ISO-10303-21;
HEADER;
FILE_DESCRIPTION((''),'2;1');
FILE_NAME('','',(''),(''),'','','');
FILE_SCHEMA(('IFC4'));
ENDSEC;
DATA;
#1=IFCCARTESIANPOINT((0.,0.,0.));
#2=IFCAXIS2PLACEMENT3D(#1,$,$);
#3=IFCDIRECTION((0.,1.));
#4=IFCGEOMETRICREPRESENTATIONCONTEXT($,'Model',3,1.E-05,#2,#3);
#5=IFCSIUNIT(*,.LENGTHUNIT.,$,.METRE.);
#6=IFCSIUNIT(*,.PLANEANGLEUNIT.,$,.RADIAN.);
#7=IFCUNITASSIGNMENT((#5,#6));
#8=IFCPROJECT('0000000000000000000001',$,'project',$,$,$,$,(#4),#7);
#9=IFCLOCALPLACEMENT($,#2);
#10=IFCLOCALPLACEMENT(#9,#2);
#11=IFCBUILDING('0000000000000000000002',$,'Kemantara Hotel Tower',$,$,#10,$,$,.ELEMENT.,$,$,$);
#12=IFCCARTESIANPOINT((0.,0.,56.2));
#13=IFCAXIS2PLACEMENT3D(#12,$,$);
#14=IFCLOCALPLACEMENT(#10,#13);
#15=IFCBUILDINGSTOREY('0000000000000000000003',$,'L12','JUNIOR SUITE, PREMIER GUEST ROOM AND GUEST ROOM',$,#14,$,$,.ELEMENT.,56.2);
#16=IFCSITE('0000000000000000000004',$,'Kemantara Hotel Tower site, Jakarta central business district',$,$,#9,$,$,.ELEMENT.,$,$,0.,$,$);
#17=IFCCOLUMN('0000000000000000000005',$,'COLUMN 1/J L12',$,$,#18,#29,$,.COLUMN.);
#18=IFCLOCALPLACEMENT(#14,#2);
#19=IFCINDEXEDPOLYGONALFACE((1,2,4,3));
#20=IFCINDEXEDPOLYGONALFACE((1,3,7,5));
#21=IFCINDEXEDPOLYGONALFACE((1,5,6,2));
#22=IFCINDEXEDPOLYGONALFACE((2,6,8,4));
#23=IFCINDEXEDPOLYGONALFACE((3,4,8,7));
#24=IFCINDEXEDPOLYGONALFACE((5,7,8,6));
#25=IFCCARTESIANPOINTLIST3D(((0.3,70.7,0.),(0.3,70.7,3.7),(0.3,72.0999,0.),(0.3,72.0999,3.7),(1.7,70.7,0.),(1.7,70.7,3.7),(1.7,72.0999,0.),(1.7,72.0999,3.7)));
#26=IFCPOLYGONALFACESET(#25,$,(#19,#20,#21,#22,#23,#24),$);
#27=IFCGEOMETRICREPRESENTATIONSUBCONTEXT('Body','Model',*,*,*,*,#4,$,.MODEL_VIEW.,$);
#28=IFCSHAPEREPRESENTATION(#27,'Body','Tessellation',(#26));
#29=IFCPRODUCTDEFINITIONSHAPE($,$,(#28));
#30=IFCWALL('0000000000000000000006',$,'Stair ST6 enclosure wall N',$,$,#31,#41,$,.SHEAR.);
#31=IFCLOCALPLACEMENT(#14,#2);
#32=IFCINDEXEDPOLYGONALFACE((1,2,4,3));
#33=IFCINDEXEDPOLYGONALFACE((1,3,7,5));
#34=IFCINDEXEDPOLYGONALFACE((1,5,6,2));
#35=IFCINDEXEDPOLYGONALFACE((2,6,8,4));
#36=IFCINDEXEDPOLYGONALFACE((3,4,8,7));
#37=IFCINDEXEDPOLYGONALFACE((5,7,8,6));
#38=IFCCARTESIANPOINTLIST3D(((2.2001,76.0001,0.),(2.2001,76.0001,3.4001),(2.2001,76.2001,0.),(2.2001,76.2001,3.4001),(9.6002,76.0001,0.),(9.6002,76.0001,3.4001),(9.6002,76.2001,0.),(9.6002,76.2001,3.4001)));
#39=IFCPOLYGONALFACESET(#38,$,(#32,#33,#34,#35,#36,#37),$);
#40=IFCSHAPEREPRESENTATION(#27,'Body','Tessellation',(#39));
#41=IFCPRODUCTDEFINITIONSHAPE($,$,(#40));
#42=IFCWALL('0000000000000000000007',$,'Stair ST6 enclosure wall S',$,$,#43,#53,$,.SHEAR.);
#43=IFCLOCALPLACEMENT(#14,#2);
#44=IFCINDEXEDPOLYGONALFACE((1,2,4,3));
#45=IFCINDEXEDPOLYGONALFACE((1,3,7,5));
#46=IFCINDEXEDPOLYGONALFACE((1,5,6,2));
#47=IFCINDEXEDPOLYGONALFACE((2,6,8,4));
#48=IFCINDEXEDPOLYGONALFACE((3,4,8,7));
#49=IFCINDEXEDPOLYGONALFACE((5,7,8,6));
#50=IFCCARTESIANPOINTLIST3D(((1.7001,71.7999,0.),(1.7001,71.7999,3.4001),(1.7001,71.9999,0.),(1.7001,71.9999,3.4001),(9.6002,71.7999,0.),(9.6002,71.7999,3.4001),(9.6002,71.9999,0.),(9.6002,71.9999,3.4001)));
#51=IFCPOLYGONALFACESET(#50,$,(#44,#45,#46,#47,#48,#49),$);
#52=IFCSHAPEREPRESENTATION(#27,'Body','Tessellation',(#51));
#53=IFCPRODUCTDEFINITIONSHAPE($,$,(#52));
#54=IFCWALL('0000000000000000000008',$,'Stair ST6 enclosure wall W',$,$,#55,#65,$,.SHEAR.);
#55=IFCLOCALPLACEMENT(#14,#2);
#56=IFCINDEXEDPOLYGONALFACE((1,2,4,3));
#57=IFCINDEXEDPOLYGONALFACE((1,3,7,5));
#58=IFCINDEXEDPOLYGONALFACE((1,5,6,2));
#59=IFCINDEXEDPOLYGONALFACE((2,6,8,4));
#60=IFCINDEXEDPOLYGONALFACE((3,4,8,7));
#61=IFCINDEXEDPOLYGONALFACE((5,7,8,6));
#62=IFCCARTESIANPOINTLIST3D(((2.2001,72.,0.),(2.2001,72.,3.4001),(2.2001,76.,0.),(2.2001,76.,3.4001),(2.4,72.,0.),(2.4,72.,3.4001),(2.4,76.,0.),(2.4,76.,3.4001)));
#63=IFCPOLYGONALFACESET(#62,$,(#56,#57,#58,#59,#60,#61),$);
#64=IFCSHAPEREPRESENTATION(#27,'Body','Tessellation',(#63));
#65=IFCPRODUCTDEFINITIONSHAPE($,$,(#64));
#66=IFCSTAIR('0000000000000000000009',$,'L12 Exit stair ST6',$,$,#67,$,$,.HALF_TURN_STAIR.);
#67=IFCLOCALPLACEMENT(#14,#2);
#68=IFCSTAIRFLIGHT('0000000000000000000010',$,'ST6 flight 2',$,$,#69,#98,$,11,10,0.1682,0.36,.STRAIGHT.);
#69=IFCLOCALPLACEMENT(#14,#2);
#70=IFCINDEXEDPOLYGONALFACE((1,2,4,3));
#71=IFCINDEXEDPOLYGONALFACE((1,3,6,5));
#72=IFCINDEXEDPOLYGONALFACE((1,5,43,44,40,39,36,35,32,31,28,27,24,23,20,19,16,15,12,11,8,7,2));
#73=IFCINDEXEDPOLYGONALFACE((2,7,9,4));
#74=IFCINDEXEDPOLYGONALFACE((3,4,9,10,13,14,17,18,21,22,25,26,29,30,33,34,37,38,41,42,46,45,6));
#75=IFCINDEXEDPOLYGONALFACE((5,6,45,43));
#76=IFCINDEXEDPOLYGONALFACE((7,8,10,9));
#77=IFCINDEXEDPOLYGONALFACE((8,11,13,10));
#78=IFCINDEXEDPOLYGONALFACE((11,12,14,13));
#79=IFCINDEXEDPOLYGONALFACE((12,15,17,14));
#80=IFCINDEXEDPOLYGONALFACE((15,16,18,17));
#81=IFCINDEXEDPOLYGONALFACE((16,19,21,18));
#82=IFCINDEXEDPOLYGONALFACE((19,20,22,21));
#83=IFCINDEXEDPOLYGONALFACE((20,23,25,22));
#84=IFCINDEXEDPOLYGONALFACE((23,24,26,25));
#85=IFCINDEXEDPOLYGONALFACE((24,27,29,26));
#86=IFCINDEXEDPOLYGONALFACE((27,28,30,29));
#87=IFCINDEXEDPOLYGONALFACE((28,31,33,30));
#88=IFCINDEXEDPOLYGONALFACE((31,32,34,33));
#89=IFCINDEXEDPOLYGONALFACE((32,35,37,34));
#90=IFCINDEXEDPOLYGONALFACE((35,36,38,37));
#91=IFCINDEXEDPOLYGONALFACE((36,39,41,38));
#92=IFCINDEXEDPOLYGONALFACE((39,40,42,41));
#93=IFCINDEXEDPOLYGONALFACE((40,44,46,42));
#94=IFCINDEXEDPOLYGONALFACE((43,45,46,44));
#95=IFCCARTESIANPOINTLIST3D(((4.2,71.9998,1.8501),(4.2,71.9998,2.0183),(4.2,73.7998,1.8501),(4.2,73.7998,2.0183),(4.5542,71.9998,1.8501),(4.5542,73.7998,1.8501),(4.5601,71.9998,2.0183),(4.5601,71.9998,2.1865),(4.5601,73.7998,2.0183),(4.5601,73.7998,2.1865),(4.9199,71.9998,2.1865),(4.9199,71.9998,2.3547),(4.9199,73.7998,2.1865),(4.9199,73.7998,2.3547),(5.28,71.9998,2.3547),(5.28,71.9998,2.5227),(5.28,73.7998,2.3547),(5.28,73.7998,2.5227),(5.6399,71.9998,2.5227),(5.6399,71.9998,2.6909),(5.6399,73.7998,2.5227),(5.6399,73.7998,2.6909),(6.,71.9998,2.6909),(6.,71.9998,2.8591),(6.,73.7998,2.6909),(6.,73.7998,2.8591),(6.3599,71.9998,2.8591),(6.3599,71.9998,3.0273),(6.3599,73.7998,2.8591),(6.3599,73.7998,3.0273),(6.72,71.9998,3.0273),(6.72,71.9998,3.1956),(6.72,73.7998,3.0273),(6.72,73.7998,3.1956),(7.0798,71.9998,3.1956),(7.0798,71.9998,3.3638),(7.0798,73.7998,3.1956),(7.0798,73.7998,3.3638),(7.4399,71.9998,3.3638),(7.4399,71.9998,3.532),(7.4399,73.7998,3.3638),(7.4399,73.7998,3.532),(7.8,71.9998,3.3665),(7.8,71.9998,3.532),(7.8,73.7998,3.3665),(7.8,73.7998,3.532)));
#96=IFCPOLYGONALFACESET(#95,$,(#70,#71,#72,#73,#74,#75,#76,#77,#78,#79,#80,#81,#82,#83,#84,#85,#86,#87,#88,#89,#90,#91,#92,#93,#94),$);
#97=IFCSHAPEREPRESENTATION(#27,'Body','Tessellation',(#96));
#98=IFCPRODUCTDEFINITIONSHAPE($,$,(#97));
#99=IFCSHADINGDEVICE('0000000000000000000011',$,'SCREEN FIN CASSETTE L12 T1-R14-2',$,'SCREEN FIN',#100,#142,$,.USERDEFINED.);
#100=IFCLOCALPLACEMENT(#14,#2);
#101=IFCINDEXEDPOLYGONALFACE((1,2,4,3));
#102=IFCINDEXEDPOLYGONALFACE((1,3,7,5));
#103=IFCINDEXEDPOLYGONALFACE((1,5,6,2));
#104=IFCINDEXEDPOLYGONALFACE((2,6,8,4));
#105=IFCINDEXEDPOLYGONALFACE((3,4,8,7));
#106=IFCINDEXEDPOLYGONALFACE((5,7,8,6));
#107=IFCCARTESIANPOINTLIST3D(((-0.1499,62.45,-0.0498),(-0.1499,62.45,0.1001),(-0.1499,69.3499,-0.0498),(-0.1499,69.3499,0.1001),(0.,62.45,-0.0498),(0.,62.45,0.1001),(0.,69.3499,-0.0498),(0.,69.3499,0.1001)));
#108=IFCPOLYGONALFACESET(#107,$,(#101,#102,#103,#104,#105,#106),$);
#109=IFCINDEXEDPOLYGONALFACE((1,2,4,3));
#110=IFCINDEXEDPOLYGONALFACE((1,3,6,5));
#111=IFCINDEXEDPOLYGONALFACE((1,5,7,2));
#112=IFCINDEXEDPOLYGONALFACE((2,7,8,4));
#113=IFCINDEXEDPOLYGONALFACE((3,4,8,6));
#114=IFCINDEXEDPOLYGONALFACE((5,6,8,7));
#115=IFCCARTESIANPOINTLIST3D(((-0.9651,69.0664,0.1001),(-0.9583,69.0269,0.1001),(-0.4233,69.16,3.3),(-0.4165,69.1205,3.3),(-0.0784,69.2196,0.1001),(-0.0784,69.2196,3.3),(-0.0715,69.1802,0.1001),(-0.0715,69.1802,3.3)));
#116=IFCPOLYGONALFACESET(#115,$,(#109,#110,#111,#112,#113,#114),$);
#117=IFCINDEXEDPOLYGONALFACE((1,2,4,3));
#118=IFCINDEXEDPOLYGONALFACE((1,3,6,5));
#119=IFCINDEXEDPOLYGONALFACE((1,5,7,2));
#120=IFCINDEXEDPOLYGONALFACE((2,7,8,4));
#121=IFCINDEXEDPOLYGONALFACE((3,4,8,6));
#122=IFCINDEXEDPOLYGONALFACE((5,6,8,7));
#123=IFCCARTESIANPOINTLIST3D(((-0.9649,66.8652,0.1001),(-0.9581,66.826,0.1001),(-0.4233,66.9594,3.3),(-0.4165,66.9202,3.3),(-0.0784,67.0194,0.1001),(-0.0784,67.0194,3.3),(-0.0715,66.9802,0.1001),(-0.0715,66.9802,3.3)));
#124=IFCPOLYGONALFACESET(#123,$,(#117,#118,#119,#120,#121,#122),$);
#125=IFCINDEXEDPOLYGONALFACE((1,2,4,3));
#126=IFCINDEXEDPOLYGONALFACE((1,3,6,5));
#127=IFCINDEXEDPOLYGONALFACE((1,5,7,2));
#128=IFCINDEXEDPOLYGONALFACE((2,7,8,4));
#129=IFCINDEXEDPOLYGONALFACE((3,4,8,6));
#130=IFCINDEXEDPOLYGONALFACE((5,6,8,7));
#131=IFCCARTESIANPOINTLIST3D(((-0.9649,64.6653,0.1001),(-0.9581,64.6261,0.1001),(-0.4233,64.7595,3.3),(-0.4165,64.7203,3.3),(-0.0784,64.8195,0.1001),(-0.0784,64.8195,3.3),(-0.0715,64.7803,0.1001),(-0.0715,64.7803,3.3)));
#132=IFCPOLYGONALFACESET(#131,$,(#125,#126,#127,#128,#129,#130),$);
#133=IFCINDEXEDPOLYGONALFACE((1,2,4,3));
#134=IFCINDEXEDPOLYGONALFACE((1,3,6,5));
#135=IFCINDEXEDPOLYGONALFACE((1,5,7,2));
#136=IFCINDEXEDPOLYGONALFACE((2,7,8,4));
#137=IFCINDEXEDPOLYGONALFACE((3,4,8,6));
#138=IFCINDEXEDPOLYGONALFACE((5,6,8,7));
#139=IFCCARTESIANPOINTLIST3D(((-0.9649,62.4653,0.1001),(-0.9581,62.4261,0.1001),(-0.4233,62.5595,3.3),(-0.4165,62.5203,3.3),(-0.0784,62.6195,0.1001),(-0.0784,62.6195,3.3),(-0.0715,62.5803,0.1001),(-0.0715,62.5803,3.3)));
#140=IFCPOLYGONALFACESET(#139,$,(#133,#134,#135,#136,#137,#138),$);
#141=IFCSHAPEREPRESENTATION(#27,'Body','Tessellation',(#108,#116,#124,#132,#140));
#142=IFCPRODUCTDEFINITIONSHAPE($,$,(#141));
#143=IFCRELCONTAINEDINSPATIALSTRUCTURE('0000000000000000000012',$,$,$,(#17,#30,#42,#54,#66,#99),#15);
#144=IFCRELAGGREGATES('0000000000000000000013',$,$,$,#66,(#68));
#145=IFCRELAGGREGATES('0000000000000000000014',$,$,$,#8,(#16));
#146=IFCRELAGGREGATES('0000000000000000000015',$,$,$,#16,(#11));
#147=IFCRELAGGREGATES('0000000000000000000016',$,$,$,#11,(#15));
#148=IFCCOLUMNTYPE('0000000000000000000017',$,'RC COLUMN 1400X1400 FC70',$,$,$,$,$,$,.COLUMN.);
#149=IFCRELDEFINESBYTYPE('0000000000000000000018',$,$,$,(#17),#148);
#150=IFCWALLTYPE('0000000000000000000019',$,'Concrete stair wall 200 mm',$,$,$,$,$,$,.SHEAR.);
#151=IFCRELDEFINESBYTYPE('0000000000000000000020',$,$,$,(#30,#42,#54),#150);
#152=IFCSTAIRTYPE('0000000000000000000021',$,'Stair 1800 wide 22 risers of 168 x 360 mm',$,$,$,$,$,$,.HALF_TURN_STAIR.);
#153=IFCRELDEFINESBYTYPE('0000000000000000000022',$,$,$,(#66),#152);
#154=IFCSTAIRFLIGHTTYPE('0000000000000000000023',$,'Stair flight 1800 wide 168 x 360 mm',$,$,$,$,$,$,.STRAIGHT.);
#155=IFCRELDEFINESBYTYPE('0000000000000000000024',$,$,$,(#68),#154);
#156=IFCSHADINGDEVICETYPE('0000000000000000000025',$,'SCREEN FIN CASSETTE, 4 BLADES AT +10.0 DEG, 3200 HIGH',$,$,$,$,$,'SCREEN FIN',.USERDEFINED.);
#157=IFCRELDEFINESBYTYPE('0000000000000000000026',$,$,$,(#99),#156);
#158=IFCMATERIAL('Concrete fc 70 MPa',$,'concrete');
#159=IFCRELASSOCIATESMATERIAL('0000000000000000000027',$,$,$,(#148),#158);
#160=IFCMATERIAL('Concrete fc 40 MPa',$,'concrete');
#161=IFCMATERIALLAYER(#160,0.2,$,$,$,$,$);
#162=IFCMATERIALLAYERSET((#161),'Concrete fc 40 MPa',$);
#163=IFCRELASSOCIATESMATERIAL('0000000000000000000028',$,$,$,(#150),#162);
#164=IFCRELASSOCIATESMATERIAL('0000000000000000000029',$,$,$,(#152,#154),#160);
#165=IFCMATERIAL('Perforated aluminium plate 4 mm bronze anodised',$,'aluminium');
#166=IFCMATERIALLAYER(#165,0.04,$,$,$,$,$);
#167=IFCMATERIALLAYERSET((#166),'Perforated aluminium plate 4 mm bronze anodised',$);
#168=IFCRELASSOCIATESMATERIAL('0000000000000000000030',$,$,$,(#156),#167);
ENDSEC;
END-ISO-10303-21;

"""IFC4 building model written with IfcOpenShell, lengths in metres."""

from ifc_helpers import new_model, si_unit, direction, frame, frame_2d, origin, origin_2d, place, context, subcontext, project, spatial, polyline, rectangle, outline, extrude, source, transform, mapped, material, layer, layer_set, material_profile, profile_set, type_object, element, aggregate, save


model = new_model("IFC4")

# Units and contexts
model_context = context("Model", 3, precision=1e-05, world=origin(), true_north=direction((0.0, 1.0)))
body_context = subcontext(model_context, "Body", "Model", "MODEL_VIEW")
ifc_project = project(units=[si_unit("LENGTHUNIT", "METRE"), si_unit("PLANEANGLEUNIT", "RADIAN")], contexts=[model_context])

# Site, building, storey
site_placement = place(None, origin())
site = spatial("IfcSite", under=ifc_project, at=site_placement, Name="Kemantara Hotel Tower site, Jakarta central business district", CompositionType="ELEMENT", RefElevation=0.0)
building_placement = place(site_placement, origin())
building = spatial("IfcBuilding", under=site, at=building_placement, Name="Kemantara Hotel Tower", CompositionType="ELEMENT")
storey_placement = place(building_placement, frame((0.0, 0.0, 56.2)))
storey = spatial("IfcBuildingStorey", under=building, at=storey_placement, Name="L12", Description="JUNIOR SUITE, PREMIER GUEST ROOM AND GUEST ROOM", CompositionType="ELEMENT", Elevation=56.2)

# Column
ifc_material_1 = material(Name="Concrete fc 70 MPa", Category="concrete")
ifc_material_profile = material_profile(ifc_material_1, rectangle(XDim=1.3999, YDim=1.3999, at=origin_2d()), Name="RC 1400X1400")
ifc_profile_set = profile_set([ifc_material_profile], Name="Concrete fc 70 MPa")
column_type = type_object("IfcColumnType", Name="RC COLUMN 1400X1400 FC70", PredefinedType="COLUMN", material=ifc_profile_set)
column_placement = place(storey_placement, frame((1.0, 71.3999, 0.0), z_axis=(0.0, 0.0, 1.0), x_axis=(1.0, 0.0, 0.0)))
element("IfcColumn", 1, at=column_placement, inside=storey, type_object=column_type, Name="COLUMN 1/J L12", PredefinedType="COLUMN", context=body_context, shape_type="SweptSolid", body=[
    extrude(rectangle(XDim=1.3999, YDim=1.3999, at=origin_2d()), origin(), (0.0, 0.0, 1.0), 3.7),
])

# Walls
ifc_material_2 = material(Name="Concrete fc 40 MPa", Category="concrete")
ifc_layer_1 = layer(ifc_material_2, 0.2)
ifc_layer_set_1 = layer_set([ifc_layer_1], Name="Concrete fc 40 MPa")
wall_type = type_object("IfcWallType", Name="Concrete stair wall 200 mm", PredefinedType="SHEAR", material=ifc_layer_set_1)
wall_1_placement = place(storey_placement, frame((2.2, 76.1001, 0.0), z_axis=(0.0, 0.0, 1.0), x_axis=(1.0, 0.0, 0.0)))
element("IfcWall", 2, at=wall_1_placement, inside=storey, type_object=wall_type, Name="Stair ST6 enclosure wall N", PredefinedType="SHEAR", context=body_context, shape_type="SweptSolid", body=[
    extrude(rectangle(XDim=7.4001, YDim=0.2, at=frame_2d((3.7002, 0.0))), origin(), (0.0, 0.0, 1.0), 3.4001),
])
wall_2_placement = place(storey_placement, frame((1.7, 71.8999, 0.0), z_axis=(0.0, 0.0, 1.0), x_axis=(1.0, 0.0, 0.0)))
element("IfcWall", 3, at=wall_2_placement, inside=storey, type_object=wall_type, Name="Stair ST6 enclosure wall S", PredefinedType="SHEAR", context=body_context, shape_type="SweptSolid", body=[
    extrude(rectangle(XDim=7.9001, YDim=0.2, at=frame_2d((3.9502, 0.0))), origin(), (0.0, 0.0, 1.0), 3.4001),
])
wall_3_placement = place(storey_placement, frame((2.3, 72.0, 0.0), z_axis=(0.0, 0.0, 1.0), x_axis=(0.0, 1.0, 0.0)))
element("IfcWall", 4, at=wall_3_placement, inside=storey, type_object=wall_type, Name="Stair ST6 enclosure wall W", PredefinedType="SHEAR", context=body_context, shape_type="SweptSolid", body=[
    extrude(rectangle(XDim=4.0, YDim=0.2, at=frame_2d((2.0, 0.0))), origin(), (0.0, 0.0, 1.0), 3.4001),
])

# Stair, stair flight
stair_type = type_object("IfcStairType", Name="Stair 1800 wide 22 risers of 168 x 360 mm", PredefinedType="HALF_TURN_STAIR", material=ifc_material_2)
stair_placement = place(storey_placement, origin())
stair = element("IfcStair", 5, at=stair_placement, inside=storey, type_object=stair_type, Name="L12 Exit stair ST6", PredefinedType="HALF_TURN_STAIR")
stair_flight_type = type_object("IfcStairFlightType", Name="Stair flight 1800 wide 168 x 360 mm", PredefinedType="STRAIGHT", material=ifc_material_2)
stair_flight_placement = place(storey_placement, frame((4.2, 72.8999, 1.8501), z_axis=(0.0, 0.0, 1.0), x_axis=(1.0, 0.0, 0.0)))
stair_flight = element("IfcStairFlight", 6, at=stair_flight_placement, type_object=stair_flight_type, Name="ST6 flight 2", NumberOfRisers=11, NumberOfTreads=10, PredefinedType="STRAIGHT", RiserHeight=0.1682, TreadLength=0.36, context=body_context, shape_type="SweptSolid", body=[
    extrude(outline(polyline([(0.0, 0.0), (0.0, 0.1682), (0.3601, 0.1682), (0.3601, 0.3364), (0.72, 0.3364), (0.72, 0.5046), (1.0801, 0.5046), (1.0801, 0.6726), (1.4399, 0.6726), (1.4399, 0.8408), (1.8, 0.8408), (1.8, 1.009), (2.1599, 1.009), (2.1599, 1.1772), (2.52, 1.1772), (2.52, 1.3455), (2.8799, 1.3455), (2.8799, 1.5137), (3.24, 1.5137), (3.24, 1.6819), (3.6001, 1.6819), (3.6001, 1.8501), (3.6001, 1.5164), (0.3542, 0.0), (0.0, 0.0)])), frame((0.0, 0.8999, 0.0), z_axis=(0.0, -1.0, 0.0), x_axis=(1.0, 0.0, 0.0)), (0.0, 0.0, 1.0), 1.8),
])
aggregate(stair, [stair_flight])

# Shading device
ifc_material_3 = material(Name="Perforated aluminium plate 4 mm bronze anodised", Category="aluminium")
ifc_layer_2 = layer(ifc_material_3, 0.04)
ifc_layer_set_2 = layer_set([ifc_layer_2], Name="Perforated aluminium plate 4 mm bronze anodised")
shading_device_type = type_object("IfcShadingDeviceType", Name="SCREEN FIN CASSETTE, 4 BLADES AT +10.0 DEG, 3200 HIGH", ElementType="SCREEN FIN", PredefinedType="USERDEFINED", material=ifc_layer_set_2)
shared_shape = source(origin(), body_context, "Body", "SweptSolid", [
    extrude(rectangle(XDim=6.8999, YDim=0.1499, at=origin_2d()), frame((3.3, -0.075, -0.1499), z_axis=(0.0, 0.0, 1.0), x_axis=(1.0, 0.0, 0.0)), (0.0, 0.0, 1.0), 0.1499),
    extrude(outline(polyline([(0.0, 0.0), (0.8999, 0.0), (0.3501, 3.2), (0.0, 3.2), (0.0, 0.0)])), frame((0.0198, -0.0715, 0.0), z_axis=(-0.98539, -0.170314, 0.0), x_axis=(0.170314, -0.98539, 0.0)), (0.0, 0.0, 1.0), 0.04),
    extrude(outline(polyline([(0.0, 0.0), (0.8999, 0.0), (0.3501, 3.2), (0.0, 3.2), (0.0, 0.0)])), frame((2.2197, -0.0715, 0.0), z_axis=(-0.985212, -0.171341, 0.0), x_axis=(0.171341, -0.985212, 0.0)), (0.0, 0.0, 1.0), 0.0398),
    extrude(outline(polyline([(0.0, 0.0), (0.8999, 0.0), (0.3501, 3.2), (0.0, 3.2), (0.0, 0.0)])), frame((4.4197, -0.0715, 0.0), z_axis=(-0.985212, -0.171341, 0.0), x_axis=(0.171341, -0.985212, 0.0)), (0.0, 0.0, 1.0), 0.0398),
    extrude(outline(polyline([(0.0, 0.0), (0.8999, 0.0), (0.3501, 3.2), (0.0, 3.2), (0.0, 0.0)])), frame((6.6196, -0.0715, 0.0), z_axis=(-0.985212, -0.171341, 0.0), x_axis=(0.171341, -0.985212, 0.0)), (0.0, 0.0, 1.0), 0.0398),
])
shading_device_placement = place(storey_placement, frame((0.0, 69.2, 0.1001), z_axis=(0.0, 0.0, 1.0), x_axis=(0.0, -1.0, 0.0)))
element("IfcShadingDevice", 7, at=shading_device_placement, inside=storey, type_object=shading_device_type, Name="SCREEN FIN CASSETTE L12 T1-R14-2", ObjectType="SCREEN FIN", PredefinedType="USERDEFINED", context=body_context, shape_type="MappedRepresentation", body=[
    mapped(shared_shape, transform((0.0, 0.0, 0.0))),
])

save(model, "model.ifc")
